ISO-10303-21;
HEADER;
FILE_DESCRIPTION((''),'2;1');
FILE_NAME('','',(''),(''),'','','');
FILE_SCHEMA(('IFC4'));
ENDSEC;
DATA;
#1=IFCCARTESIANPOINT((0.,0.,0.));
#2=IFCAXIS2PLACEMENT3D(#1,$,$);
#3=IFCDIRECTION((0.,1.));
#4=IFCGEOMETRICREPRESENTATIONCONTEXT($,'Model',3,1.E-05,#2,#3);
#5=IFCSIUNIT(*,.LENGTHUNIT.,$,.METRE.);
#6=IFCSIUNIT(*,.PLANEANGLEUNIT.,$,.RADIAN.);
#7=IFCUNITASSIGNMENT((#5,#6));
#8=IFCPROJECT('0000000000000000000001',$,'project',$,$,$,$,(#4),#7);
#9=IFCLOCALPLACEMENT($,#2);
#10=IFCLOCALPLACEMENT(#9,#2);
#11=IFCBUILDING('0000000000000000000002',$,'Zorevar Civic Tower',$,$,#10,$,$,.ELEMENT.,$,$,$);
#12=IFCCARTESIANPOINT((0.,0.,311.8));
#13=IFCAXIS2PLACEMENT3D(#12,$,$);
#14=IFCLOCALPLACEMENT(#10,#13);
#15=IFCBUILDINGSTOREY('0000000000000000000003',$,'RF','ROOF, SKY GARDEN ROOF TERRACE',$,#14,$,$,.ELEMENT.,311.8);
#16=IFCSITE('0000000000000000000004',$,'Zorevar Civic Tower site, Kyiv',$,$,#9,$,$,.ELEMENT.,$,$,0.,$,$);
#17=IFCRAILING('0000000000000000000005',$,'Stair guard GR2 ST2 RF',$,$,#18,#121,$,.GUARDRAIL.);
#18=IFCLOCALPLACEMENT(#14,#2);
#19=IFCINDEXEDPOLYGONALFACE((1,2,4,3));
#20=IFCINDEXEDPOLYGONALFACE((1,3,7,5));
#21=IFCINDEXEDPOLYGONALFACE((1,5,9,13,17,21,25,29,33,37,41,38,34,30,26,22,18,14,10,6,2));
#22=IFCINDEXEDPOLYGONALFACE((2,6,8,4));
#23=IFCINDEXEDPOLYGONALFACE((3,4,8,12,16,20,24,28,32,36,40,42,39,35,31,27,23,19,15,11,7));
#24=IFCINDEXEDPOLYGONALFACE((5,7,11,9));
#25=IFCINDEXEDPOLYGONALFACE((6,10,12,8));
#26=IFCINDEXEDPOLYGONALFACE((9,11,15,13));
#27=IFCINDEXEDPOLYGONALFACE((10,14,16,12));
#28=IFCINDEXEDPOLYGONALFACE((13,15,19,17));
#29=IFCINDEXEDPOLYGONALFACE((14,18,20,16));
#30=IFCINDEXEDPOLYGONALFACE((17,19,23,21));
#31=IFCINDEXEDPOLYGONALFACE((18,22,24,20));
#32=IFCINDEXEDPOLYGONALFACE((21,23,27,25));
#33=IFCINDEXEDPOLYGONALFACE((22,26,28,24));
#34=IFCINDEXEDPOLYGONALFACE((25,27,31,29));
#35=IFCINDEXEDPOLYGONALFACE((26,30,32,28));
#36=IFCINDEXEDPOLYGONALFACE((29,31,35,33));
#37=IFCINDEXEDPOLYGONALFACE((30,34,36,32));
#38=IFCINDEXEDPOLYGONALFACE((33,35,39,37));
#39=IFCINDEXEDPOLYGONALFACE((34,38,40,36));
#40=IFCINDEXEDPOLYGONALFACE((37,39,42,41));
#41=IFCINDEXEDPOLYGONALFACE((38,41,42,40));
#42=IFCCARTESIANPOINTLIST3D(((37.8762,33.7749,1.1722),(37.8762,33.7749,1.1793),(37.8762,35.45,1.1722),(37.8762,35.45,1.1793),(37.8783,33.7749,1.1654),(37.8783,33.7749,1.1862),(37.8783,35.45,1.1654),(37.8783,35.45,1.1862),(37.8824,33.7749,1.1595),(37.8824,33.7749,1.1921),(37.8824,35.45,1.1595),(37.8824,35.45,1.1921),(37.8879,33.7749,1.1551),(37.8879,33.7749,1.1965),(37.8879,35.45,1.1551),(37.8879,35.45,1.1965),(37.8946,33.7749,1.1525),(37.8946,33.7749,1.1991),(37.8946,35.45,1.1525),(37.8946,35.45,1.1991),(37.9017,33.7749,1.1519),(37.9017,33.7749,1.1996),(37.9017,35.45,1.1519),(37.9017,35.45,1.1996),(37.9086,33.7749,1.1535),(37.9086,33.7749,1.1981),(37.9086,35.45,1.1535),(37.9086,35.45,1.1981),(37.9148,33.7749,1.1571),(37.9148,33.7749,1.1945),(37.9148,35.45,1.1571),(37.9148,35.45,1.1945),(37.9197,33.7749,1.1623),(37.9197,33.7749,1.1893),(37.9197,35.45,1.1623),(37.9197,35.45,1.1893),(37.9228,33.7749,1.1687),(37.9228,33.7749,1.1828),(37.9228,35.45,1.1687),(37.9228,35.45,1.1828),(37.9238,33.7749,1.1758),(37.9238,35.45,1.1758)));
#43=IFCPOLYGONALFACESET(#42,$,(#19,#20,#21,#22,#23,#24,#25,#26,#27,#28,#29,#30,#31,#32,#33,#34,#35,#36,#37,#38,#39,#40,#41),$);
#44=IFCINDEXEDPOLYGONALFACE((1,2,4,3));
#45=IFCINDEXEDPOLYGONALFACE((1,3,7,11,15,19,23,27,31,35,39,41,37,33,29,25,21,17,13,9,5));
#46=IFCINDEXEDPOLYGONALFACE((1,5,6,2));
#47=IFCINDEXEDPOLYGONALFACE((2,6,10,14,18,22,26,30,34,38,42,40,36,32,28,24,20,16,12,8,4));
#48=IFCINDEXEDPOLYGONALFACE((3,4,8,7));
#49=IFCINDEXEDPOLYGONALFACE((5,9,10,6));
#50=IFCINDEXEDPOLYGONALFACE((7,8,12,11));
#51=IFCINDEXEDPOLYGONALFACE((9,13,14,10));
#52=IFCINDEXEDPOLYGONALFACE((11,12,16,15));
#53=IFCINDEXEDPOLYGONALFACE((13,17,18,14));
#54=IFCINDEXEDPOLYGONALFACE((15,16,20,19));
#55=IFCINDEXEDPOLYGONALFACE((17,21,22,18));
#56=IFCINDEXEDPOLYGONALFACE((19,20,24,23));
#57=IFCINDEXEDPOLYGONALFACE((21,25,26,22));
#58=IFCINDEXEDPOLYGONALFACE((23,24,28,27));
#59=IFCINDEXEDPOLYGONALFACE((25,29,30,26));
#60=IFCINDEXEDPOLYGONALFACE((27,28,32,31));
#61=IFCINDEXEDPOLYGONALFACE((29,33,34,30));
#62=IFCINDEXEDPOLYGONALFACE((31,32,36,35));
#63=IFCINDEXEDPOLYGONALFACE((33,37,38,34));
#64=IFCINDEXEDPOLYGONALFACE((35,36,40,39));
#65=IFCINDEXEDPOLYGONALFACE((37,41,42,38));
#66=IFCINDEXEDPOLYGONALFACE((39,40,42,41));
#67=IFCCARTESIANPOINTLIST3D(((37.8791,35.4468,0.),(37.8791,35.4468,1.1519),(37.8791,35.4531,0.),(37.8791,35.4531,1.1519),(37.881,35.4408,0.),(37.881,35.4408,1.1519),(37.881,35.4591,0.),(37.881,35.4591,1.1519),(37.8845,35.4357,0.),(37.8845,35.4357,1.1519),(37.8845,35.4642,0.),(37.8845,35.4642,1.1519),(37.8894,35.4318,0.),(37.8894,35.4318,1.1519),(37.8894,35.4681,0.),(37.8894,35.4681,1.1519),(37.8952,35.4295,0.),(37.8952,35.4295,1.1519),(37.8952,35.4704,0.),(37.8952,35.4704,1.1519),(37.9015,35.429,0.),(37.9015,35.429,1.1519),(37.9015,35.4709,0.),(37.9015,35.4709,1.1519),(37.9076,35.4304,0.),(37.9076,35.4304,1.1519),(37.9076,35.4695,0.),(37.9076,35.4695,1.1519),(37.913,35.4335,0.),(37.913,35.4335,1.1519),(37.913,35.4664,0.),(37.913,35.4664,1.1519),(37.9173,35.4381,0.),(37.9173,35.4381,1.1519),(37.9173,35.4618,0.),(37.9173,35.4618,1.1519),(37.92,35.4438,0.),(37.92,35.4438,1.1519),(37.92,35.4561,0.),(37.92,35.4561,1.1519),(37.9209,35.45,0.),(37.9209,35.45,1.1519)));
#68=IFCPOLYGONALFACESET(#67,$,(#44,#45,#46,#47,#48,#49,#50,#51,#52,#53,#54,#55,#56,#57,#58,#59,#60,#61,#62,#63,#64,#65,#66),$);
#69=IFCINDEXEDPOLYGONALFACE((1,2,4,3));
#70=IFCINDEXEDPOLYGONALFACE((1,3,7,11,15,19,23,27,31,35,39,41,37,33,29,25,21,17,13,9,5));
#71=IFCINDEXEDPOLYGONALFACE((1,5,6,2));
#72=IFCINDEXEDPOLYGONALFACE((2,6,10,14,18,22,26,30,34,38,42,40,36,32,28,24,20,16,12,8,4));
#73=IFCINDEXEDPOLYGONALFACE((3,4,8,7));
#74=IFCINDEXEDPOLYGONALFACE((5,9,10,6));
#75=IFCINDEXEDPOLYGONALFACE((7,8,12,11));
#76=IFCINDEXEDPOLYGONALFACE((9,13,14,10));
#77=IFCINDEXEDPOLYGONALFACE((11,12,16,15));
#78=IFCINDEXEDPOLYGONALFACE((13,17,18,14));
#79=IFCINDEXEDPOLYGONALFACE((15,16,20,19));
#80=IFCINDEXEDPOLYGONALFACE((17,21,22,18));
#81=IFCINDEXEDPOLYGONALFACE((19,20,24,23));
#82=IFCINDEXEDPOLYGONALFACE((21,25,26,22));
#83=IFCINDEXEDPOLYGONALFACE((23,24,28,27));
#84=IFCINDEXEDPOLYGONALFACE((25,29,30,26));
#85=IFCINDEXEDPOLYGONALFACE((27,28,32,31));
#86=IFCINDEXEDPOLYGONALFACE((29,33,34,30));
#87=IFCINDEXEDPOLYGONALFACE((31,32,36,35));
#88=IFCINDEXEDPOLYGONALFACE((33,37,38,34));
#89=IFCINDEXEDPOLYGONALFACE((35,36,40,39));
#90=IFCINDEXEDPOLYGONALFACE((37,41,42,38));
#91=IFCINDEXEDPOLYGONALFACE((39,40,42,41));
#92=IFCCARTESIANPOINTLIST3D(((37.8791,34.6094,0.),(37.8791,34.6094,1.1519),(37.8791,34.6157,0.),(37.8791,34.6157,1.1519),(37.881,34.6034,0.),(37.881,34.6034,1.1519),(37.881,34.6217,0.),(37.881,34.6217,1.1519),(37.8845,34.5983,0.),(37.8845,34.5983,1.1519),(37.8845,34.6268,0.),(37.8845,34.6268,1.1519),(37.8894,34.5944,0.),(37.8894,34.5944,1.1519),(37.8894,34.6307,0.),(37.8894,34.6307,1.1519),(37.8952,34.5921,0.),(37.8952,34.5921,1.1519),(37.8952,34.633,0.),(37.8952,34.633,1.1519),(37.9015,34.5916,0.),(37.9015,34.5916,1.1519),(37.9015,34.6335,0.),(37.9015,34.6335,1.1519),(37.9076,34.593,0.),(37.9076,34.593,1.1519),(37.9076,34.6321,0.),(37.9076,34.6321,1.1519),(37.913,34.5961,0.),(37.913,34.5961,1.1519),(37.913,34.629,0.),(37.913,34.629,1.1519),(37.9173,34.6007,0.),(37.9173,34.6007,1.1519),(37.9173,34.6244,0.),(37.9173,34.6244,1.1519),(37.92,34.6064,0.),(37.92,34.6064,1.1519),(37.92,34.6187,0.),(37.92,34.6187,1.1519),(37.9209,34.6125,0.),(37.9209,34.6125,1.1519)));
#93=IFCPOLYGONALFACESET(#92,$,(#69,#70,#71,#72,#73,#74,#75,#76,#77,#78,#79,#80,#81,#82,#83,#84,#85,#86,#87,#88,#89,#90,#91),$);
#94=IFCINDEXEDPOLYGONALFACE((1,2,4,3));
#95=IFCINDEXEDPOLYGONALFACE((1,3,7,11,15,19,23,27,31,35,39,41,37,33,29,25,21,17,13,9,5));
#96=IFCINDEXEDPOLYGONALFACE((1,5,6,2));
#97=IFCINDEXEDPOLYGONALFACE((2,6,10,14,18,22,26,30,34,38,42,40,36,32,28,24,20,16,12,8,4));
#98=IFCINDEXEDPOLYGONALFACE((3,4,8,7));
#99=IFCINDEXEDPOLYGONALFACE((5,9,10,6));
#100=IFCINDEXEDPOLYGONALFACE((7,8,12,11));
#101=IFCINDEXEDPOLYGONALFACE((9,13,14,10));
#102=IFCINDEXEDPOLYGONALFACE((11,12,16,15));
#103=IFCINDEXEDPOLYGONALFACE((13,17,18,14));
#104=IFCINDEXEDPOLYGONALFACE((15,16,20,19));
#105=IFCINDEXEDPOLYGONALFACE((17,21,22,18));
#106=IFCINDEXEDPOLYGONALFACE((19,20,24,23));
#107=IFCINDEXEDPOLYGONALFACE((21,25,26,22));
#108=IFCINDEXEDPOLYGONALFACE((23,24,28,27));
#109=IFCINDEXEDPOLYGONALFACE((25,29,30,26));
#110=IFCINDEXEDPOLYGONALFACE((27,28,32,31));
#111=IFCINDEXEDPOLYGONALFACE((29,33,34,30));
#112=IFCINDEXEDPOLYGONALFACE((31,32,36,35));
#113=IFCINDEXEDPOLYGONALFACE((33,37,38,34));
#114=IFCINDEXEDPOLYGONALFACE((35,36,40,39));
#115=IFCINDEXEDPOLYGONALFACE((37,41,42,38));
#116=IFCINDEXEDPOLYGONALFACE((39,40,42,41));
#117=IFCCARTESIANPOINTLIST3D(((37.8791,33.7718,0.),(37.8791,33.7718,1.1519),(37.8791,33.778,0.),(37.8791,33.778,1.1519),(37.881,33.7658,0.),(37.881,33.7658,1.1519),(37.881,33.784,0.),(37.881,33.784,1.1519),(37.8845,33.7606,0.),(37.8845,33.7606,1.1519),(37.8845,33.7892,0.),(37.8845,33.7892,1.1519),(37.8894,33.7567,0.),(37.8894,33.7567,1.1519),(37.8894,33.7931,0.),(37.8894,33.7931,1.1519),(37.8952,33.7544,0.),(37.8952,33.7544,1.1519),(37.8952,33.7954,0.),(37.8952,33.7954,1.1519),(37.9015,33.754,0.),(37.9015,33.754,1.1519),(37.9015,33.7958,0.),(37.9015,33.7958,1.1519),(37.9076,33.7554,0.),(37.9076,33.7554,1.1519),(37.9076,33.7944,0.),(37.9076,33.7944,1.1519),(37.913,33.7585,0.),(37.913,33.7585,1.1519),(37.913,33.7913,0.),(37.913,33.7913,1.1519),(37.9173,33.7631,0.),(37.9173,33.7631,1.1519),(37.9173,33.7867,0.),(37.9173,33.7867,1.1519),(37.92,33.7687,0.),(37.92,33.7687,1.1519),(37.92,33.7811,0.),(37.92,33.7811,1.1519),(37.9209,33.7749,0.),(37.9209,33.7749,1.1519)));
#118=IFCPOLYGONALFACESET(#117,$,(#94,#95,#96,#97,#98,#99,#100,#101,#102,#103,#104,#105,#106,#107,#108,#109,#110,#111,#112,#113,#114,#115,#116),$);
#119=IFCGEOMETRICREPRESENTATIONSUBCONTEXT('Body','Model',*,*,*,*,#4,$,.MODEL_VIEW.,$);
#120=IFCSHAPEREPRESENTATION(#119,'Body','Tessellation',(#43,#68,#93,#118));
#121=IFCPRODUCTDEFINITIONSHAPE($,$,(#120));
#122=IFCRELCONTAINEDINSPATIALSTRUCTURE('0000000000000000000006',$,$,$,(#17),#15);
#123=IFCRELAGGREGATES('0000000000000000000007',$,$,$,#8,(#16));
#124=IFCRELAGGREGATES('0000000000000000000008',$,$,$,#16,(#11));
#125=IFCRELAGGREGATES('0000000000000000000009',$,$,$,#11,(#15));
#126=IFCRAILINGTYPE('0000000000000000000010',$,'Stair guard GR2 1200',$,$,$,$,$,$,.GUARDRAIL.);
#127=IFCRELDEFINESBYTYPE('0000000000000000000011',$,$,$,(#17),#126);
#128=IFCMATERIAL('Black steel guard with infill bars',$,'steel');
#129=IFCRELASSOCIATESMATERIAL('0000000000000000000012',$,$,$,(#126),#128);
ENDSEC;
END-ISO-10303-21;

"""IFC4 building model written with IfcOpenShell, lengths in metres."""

from ifc_helpers import new_model, si_unit, direction, frame, origin, origin_2d, place, context, subcontext, project, spatial, circle, extrude, material, type_object, element, save


model = new_model("IFC4")

# Units and contexts
model_context = context("Model", 3, precision=1e-05, world=origin(), true_north=direction((0.0, 1.0)))
body_context = subcontext(model_context, "Body", "Model", "MODEL_VIEW")
ifc_project = project(units=[si_unit("LENGTHUNIT", "METRE"), si_unit("PLANEANGLEUNIT", "RADIAN")], contexts=[model_context])

# Site, building, storey
site_placement = place(None, origin())
site = spatial("IfcSite", under=ifc_project, at=site_placement, Name="Zorevar Civic Tower site, Kyiv", CompositionType="ELEMENT", RefElevation=0.0)
building_placement = place(site_placement, origin())
building = spatial("IfcBuilding", under=site, at=building_placement, Name="Zorevar Civic Tower", CompositionType="ELEMENT")
storey_placement = place(building_placement, frame((0.0, 0.0, 311.8)))
storey = spatial("IfcBuildingStorey", under=building, at=storey_placement, Name="RF", Description="ROOF, SKY GARDEN ROOF TERRACE", CompositionType="ELEMENT", Elevation=311.8)

# Railing
ifc_material_1 = material(Name="Black steel guard with infill bars", Category="steel")
railing_type_1 = type_object("IfcRailingType", Name="Stair guard GR2 1200", PredefinedType="GUARDRAIL", material=ifc_material_1)
railing_1_placement = place(storey_placement, frame((37.8999, 35.45, 0.0)))
element("IfcRailing", 1, at=railing_1_placement, inside=storey, type_object=railing_type_1, Name="Stair guard GR2 ST2 RF", PredefinedType="GUARDRAIL", context=body_context, shape_type="SweptSolid", body=[
    extrude(circle(Radius=0.0239, at=origin_2d()), frame((0.0, 0.0, 1.1758), z_axis=(0.0, -1.0, 0.0), x_axis=(1.0, 0.0, 0.0)), (0.0, 0.0, 1.0), 1.675),
    extrude(circle(Radius=0.021, at=origin_2d()), origin(), (0.0, 0.0, 1.0), 1.1519),
    extrude(circle(Radius=0.021, at=origin_2d()), frame((0.0, -0.8374, 0.0)), (0.0, 0.0, 1.0), 1.1519),
    extrude(circle(Radius=0.021, at=origin_2d()), frame((0.0, -1.675, 0.0)), (0.0, 0.0, 1.0), 1.1519),
])

save(model, "model.ifc")
